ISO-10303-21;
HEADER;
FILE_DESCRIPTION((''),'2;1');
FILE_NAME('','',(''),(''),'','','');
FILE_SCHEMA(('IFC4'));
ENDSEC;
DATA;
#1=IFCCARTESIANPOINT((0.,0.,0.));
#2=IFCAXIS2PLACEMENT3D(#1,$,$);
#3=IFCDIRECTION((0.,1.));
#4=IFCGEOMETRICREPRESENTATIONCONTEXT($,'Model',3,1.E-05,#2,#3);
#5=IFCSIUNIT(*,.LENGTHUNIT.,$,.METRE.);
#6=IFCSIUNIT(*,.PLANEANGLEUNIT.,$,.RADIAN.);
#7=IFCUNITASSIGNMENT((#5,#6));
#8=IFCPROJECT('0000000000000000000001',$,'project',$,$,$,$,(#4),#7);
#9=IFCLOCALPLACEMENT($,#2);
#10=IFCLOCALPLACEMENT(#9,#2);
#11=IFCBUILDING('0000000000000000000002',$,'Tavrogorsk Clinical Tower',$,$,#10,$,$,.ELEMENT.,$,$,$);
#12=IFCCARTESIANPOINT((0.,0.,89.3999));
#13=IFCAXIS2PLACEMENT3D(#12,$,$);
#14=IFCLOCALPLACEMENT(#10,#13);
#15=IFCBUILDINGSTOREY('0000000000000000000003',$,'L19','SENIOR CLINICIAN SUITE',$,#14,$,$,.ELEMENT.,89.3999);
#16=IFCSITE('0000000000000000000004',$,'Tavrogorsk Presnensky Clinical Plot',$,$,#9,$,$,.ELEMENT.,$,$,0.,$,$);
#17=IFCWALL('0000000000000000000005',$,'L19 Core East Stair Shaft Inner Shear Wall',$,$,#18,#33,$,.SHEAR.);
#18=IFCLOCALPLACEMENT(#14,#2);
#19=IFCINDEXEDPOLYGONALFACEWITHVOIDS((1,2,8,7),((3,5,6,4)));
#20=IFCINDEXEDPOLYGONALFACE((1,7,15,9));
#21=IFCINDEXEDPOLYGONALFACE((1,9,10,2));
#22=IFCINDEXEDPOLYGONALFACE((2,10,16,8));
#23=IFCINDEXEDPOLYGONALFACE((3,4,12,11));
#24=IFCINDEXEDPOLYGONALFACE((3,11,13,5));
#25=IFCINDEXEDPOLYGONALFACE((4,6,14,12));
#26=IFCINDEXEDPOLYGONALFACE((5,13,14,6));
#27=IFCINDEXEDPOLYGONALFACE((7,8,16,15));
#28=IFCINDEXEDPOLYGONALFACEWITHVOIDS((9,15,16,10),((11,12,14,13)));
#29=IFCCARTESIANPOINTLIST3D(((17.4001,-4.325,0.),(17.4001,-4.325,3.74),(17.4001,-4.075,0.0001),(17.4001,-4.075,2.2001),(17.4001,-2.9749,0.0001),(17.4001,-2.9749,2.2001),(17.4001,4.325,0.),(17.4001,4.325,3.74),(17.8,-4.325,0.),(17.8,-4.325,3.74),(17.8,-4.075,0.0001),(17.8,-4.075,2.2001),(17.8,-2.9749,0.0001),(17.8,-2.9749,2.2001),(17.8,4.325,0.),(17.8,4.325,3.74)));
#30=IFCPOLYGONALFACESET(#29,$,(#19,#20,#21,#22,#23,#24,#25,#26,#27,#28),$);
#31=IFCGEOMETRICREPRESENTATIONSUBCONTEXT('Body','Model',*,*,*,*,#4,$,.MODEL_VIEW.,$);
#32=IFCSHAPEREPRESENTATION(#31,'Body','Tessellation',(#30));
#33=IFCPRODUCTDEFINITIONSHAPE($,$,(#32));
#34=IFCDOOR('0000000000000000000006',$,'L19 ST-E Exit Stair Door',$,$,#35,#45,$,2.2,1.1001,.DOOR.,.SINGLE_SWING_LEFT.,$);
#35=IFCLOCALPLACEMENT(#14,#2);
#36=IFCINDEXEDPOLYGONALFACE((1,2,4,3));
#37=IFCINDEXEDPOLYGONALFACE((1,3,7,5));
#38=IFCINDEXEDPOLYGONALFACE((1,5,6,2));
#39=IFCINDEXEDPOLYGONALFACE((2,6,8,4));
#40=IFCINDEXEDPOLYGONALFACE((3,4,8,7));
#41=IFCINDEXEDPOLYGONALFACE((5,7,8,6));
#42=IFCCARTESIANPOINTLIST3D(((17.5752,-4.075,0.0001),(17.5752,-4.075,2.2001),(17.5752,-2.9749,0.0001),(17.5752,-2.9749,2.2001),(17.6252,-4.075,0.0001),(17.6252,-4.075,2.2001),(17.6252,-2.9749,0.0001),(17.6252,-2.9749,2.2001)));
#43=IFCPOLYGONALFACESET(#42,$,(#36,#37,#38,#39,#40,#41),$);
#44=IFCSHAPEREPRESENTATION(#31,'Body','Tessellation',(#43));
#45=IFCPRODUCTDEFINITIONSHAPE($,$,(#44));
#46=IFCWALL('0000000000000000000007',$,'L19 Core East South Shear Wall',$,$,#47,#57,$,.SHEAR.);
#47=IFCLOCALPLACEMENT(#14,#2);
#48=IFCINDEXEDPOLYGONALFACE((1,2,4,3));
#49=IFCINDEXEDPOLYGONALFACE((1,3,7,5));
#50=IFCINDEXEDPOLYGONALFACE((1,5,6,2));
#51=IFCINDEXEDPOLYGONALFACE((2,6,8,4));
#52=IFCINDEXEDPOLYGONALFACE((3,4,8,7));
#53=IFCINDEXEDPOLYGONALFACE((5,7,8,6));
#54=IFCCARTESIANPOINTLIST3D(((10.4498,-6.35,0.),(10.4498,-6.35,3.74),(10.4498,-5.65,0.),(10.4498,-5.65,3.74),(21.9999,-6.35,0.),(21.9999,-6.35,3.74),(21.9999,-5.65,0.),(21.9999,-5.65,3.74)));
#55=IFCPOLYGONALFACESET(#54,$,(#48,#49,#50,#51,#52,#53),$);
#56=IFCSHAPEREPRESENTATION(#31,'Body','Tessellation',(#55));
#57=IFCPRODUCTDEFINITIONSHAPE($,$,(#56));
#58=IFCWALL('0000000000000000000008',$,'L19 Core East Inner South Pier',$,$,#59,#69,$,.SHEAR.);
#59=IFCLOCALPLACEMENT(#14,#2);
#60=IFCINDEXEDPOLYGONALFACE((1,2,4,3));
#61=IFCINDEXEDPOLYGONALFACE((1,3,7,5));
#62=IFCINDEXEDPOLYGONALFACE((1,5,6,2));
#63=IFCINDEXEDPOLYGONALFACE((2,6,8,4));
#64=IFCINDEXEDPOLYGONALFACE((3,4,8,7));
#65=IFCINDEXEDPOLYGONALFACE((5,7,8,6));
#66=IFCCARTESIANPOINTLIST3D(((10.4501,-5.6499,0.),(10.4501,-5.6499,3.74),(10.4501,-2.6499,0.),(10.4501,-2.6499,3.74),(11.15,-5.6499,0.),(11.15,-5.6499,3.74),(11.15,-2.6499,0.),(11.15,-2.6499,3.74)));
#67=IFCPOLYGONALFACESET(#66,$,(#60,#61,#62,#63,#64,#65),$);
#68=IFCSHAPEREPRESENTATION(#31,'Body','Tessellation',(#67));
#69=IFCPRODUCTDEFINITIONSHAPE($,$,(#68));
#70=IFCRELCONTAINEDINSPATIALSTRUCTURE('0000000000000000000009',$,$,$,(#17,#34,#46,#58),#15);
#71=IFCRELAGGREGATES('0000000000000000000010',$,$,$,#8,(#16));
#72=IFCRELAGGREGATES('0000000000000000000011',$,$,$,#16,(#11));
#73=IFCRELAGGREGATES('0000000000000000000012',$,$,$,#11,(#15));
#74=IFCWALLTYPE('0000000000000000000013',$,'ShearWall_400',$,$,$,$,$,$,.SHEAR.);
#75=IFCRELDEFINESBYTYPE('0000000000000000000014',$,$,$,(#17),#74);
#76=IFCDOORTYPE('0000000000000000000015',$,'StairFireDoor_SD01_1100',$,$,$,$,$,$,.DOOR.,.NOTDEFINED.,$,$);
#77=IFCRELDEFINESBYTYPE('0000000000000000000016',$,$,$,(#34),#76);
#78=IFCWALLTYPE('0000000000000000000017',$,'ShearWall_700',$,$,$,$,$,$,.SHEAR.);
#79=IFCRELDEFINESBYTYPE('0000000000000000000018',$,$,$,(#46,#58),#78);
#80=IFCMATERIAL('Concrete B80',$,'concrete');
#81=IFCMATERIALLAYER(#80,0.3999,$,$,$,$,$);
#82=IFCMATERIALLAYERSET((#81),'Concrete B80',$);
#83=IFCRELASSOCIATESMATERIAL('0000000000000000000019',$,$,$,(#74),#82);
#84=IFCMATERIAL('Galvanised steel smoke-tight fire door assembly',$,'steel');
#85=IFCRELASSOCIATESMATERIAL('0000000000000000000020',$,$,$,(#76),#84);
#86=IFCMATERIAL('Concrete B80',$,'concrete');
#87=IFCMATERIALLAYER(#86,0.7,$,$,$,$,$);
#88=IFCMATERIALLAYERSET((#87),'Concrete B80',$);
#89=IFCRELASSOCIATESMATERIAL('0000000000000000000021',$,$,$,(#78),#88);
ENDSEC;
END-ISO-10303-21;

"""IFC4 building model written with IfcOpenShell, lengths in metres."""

from ifc_helpers import new_model, si_unit, direction, frame, frame_2d, origin, place, context, subcontext, project, spatial, rectangle, extrude, material, layer, layer_set, type_object, element, fill, save


model = new_model("IFC4")

# Units and contexts
model_context = context("Model", 3, precision=1e-05, world=origin(), true_north=direction((0.0, 1.0)))
body_context = subcontext(model_context, "Body", "Model", "MODEL_VIEW")
ifc_project = project(units=[si_unit("LENGTHUNIT", "METRE"), si_unit("PLANEANGLEUNIT", "RADIAN")], contexts=[model_context])

# Site, building, storey
site_placement = place(None, origin())
site = spatial("IfcSite", under=ifc_project, at=site_placement, Name="Tavrogorsk Presnensky Clinical Plot", CompositionType="ELEMENT", RefElevation=0.0)
building_placement = place(site_placement, origin())
building = spatial("IfcBuilding", under=site, at=building_placement, Name="Tavrogorsk Clinical Tower", CompositionType="ELEMENT")
storey_placement = place(building_placement, frame((0.0, 0.0, 89.3999)))
storey = spatial("IfcBuildingStorey", under=building, at=storey_placement, Name="L19", Description="SENIOR CLINICIAN SUITE", CompositionType="ELEMENT", Elevation=89.3999)

# Wall, opening, door
ifc_material_1 = material(Name="Concrete B80", Category="concrete")
ifc_layer_1 = layer(ifc_material_1, 0.3999)
ifc_layer_set_1 = layer_set([ifc_layer_1], Name="Concrete B80")
wall_type_1 = type_object("IfcWallType", Name="ShearWall_400", PredefinedType="SHEAR", material=ifc_layer_set_1)
wall_1_placement = place(storey_placement, frame((17.6001, -4.325, 0.0), z_axis=(0.0, 0.0, 1.0), x_axis=(0.0, 1.0, 0.0)))
wall_1 = element("IfcWall", 1, at=wall_1_placement, inside=storey, type_object=wall_type_1, Name="L19 Core East Stair Shaft Inner Shear Wall", PredefinedType="SHEAR", context=body_context, shape_type="SweptSolid", body=[
    extrude(rectangle(XDim=8.6499, YDim=0.3999, at=frame_2d((4.325, 0.0))), origin(), (0.0, 0.0, 1.0), 3.74),
])
opening_1_placement = place(wall_1_placement, frame((0.25, 0.0, 0.0)))
opening_1 = element("IfcOpeningElement", 2, at=opening_1_placement, cuts=wall_1, PredefinedType="OPENING", context=body_context, shape_type="SweptSolid", body=[
    extrude(rectangle(XDim=1.1001, YDim=2.2, at=frame_2d((0.55, 1.1001))), frame((0.0, 0.21, 0.0), z_axis=(0.0, -1.0, 0.0), x_axis=(1.0, 0.0, 0.0)), (0.0, 0.0, 1.0), 0.4199),
])
ifc_material_2 = material(Name="Galvanised steel smoke-tight fire door assembly", Category="steel")
door_type_1 = type_object("IfcDoorType", Name="StairFireDoor_SD01_1100", OperationType="NOTDEFINED", PredefinedType="DOOR", material=ifc_material_2)
door_1_placement = place(opening_1_placement, origin())
door_1 = element("IfcDoor", 3, at=door_1_placement, inside=storey, type_object=door_type_1, Name="L19 ST-E Exit Stair Door", OperationType="SINGLE_SWING_LEFT", OverallHeight=2.2, OverallWidth=1.1001, PredefinedType="DOOR", context=body_context, shape_type="SweptSolid", body=[
    extrude(rectangle(XDim=1.1001, YDim=2.2, at=frame_2d((0.55, 1.1001))), frame((0.0, 0.0249, 0.0), z_axis=(0.0, -1.0, 0.0), x_axis=(1.0, 0.0, 0.0)), (0.0, 0.0, 1.0), 0.05),
])
fill(opening_1, door_1)

# Walls
ifc_material_3 = material(Name="Concrete B80", Category="concrete")
ifc_layer_2 = layer(ifc_material_3, 0.7)
ifc_layer_set_2 = layer_set([ifc_layer_2], Name="Concrete B80")
wall_type_2 = type_object("IfcWallType", Name="ShearWall_700", PredefinedType="SHEAR", material=ifc_layer_set_2)
wall_2_placement = place(storey_placement, frame((10.45, -6.0, 0.0), z_axis=(0.0, 0.0, 1.0), x_axis=(1.0, 0.0, 0.0)))
element("IfcWall", 4, at=wall_2_placement, inside=storey, type_object=wall_type_2, Name="L19 Core East South Shear Wall", PredefinedType="SHEAR", context=body_context, shape_type="SweptSolid", body=[
    extrude(rectangle(XDim=11.55, YDim=0.7, at=frame_2d((5.7749, 0.0))), origin(), (0.0, 0.0, 1.0), 3.74),
])
wall_3_placement = place(storey_placement, frame((10.8, -5.6499, 0.0), z_axis=(0.0, 0.0, 1.0), x_axis=(0.0, 1.0, 0.0)))
element("IfcWall", 5, at=wall_3_placement, inside=storey, type_object=wall_type_2, Name="L19 Core East Inner South Pier", PredefinedType="SHEAR", context=body_context, shape_type="SweptSolid", body=[
    extrude(rectangle(XDim=3.0, YDim=0.7, at=frame_2d((1.5, 0.0))), origin(), (0.0, 0.0, 1.0), 3.74),
])

save(model, "model.ifc")
